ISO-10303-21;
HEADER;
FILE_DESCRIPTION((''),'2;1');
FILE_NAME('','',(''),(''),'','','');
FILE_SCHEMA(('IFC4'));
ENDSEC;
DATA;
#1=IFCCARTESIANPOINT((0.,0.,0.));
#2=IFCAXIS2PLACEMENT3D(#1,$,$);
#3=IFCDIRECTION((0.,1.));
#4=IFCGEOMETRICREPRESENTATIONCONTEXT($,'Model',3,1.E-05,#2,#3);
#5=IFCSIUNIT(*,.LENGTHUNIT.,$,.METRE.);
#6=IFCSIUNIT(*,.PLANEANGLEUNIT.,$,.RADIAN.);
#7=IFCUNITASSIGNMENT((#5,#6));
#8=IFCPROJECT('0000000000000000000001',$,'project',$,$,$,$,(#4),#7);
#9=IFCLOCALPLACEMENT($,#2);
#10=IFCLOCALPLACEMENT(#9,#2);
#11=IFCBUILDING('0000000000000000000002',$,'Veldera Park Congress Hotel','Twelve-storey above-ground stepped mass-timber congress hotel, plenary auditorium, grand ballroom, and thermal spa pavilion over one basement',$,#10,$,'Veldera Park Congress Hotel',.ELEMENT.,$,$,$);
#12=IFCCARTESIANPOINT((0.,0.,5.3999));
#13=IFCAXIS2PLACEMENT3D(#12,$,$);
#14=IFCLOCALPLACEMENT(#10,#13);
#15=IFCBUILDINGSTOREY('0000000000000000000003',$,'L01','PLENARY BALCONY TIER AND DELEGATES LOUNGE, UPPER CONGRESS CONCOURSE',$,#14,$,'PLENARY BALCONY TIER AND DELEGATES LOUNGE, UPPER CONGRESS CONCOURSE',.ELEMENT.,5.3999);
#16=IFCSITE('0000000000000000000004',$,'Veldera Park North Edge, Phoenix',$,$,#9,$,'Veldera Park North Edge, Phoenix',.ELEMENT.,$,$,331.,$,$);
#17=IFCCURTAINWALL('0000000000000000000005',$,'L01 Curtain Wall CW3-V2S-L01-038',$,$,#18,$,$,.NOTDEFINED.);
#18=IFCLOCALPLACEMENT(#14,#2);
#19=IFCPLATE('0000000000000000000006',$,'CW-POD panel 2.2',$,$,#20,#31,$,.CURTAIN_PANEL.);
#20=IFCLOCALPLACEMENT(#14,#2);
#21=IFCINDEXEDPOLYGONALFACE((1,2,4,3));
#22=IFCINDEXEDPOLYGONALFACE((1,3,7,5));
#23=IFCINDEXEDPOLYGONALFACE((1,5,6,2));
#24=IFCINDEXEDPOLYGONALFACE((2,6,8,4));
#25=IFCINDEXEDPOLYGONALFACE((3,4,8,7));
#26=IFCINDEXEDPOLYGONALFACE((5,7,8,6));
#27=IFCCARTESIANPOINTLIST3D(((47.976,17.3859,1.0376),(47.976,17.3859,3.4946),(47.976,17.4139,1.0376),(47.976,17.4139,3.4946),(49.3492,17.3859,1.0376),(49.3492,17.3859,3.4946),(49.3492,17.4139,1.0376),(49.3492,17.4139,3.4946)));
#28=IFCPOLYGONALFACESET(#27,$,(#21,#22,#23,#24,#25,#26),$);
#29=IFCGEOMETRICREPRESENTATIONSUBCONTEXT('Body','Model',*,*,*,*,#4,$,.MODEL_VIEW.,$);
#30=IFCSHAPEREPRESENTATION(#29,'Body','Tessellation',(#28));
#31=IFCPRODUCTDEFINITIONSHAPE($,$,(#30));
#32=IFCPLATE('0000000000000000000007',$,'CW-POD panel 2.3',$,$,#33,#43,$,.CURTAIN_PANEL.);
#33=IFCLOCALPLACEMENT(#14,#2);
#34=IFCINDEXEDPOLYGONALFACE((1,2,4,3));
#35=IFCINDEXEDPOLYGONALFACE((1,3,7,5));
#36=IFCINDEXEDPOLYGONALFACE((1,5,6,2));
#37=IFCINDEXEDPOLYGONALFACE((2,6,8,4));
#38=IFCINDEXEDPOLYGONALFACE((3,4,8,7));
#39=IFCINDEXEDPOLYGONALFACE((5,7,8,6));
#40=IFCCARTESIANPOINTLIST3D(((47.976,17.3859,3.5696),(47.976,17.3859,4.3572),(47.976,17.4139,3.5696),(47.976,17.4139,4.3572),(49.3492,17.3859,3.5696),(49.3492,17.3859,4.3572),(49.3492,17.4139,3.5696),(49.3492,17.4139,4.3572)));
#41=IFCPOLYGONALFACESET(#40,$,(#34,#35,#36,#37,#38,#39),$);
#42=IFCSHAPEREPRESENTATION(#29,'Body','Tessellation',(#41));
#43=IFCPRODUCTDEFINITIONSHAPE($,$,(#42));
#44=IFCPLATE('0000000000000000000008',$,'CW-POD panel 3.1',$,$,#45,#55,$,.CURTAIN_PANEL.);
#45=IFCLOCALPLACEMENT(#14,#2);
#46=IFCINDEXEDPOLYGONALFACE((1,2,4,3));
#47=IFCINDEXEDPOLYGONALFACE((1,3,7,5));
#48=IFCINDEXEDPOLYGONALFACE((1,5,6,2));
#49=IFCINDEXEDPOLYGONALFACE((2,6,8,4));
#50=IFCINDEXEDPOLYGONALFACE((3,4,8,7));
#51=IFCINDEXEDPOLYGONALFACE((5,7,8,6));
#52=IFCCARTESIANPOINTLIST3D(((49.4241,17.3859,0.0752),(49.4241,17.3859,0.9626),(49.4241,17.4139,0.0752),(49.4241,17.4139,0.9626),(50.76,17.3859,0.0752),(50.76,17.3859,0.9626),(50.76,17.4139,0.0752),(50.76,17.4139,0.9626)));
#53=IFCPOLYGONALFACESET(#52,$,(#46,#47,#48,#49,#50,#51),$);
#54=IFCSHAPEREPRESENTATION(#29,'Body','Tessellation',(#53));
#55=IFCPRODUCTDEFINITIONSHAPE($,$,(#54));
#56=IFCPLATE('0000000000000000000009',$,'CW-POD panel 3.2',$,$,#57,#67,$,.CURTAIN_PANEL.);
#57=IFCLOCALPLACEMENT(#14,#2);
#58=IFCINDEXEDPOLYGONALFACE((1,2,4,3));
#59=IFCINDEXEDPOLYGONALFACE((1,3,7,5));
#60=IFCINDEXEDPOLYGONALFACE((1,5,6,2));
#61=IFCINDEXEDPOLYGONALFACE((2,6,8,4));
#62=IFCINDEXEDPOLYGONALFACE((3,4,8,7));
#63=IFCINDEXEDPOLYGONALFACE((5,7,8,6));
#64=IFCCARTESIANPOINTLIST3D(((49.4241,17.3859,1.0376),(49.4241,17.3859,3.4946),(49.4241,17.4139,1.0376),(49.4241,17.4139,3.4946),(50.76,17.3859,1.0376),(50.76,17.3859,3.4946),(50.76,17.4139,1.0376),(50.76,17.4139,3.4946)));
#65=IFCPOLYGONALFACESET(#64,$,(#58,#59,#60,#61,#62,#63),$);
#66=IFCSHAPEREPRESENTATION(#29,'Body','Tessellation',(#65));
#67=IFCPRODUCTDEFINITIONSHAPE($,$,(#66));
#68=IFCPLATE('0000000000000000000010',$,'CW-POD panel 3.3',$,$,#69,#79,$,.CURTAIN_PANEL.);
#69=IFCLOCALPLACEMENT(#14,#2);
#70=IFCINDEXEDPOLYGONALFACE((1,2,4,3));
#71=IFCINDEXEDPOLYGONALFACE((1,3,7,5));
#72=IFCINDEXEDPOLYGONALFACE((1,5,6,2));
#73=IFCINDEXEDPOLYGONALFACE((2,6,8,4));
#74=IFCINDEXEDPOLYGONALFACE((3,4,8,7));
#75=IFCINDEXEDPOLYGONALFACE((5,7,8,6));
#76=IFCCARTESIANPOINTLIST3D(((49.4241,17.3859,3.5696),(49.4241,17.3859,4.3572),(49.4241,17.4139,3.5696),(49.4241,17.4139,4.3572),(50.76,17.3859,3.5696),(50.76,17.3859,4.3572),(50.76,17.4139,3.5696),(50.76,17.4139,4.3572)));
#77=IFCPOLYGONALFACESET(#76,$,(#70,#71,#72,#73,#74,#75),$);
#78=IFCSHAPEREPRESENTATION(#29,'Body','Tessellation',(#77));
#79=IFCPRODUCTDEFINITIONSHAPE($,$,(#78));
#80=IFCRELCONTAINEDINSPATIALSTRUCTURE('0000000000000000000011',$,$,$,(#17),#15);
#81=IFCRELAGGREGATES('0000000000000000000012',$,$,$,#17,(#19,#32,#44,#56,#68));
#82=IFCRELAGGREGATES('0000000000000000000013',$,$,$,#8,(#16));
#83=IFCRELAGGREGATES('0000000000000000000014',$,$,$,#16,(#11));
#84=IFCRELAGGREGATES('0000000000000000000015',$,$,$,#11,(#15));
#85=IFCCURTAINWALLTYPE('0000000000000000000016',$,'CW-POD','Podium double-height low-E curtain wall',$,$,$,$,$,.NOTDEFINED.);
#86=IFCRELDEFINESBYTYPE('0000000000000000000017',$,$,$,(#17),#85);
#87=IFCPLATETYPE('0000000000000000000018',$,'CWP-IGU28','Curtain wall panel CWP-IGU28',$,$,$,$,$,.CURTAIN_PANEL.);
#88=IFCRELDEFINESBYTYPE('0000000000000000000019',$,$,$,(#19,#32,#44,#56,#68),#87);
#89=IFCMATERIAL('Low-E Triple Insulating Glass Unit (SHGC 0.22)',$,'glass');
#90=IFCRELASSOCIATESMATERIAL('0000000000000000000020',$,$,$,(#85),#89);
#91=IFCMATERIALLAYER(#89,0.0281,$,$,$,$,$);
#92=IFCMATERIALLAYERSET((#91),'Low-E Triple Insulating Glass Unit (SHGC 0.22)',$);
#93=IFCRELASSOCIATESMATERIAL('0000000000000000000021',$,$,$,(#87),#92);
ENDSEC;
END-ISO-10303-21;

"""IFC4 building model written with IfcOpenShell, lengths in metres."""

from ifc_helpers import new_model, si_unit, direction, frame, origin, origin_2d, place, context, subcontext, project, spatial, rectangle, extrude, material, layer, layer_set, type_object, element, aggregate, save


model = new_model("IFC4")

# Units and contexts
model_context = context("Model", 3, precision=1e-05, world=origin(), true_north=direction((0.0, 1.0)))
body_context = subcontext(model_context, "Body", "Model", "MODEL_VIEW")
ifc_project = project(units=[si_unit("LENGTHUNIT", "METRE"), si_unit("PLANEANGLEUNIT", "RADIAN")], contexts=[model_context])

# Site, building, storey
site_placement = place(None, origin())
site = spatial("IfcSite", under=ifc_project, at=site_placement, Name="Veldera Park North Edge, Phoenix", LongName="Veldera Park North Edge, Phoenix", CompositionType="ELEMENT", RefElevation=331.0)
building_placement = place(site_placement, origin())
building = spatial("IfcBuilding", under=site, at=building_placement, Name="Veldera Park Congress Hotel", Description="Twelve-storey above-ground stepped mass-timber congress hotel, plenary auditorium, grand ballroom, and thermal spa pavilion over one basement", LongName="Veldera Park Congress Hotel", CompositionType="ELEMENT")
storey_placement = place(building_placement, frame((0.0, 0.0, 5.3999)))
storey = spatial("IfcBuildingStorey", under=building, at=storey_placement, Name="L01", Description="PLENARY BALCONY TIER AND DELEGATES LOUNGE, UPPER CONGRESS CONCOURSE", LongName="PLENARY BALCONY TIER AND DELEGATES LOUNGE, UPPER CONGRESS CONCOURSE", CompositionType="ELEMENT", Elevation=5.3999)

# Curtain wall, plates
ifc_material_1 = material(Name="Low-E Triple Insulating Glass Unit (SHGC 0.22)", Category="glass")
curtain_wall_type = type_object("IfcCurtainWallType", Name="CW-POD", Description="Podium double-height low-E curtain wall", PredefinedType="NOTDEFINED", material=ifc_material_1)
curtain_wall_placement = place(storey_placement, origin())
curtain_wall = element("IfcCurtainWall", 1, at=curtain_wall_placement, inside=storey, type_object=curtain_wall_type, Name="L01 Curtain Wall CW3-V2S-L01-038", PredefinedType="NOTDEFINED")
ifc_layer = layer(ifc_material_1, 0.0281)
ifc_layer_set = layer_set([ifc_layer], Name="Low-E Triple Insulating Glass Unit (SHGC 0.22)")
plate_type = type_object("IfcPlateType", Name="CWP-IGU28", Description="Curtain wall panel CWP-IGU28", PredefinedType="CURTAIN_PANEL", material=ifc_layer_set)
plate_1_placement = place(storey_placement, frame((48.6626, 17.3999, 1.0376), z_axis=(0.0, 0.0, 1.0), x_axis=(1.0, 0.0, 0.0)))
plate_1 = element("IfcPlate", 2, at=plate_1_placement, type_object=plate_type, Name="CW-POD panel 2.2", PredefinedType="CURTAIN_PANEL", context=body_context, shape_type="SweptSolid", body=[
    extrude(rectangle(XDim=1.3733, YDim=0.0281, at=origin_2d()), origin(), (0.0, 0.0, 1.0), 2.457),
])
plate_2_placement = place(storey_placement, frame((48.6626, 17.3999, 3.5696), z_axis=(0.0, 0.0, 1.0), x_axis=(1.0, 0.0, 0.0)))
plate_2 = element("IfcPlate", 3, at=plate_2_placement, type_object=plate_type, Name="CW-POD panel 2.3", PredefinedType="CURTAIN_PANEL", context=body_context, shape_type="SweptSolid", body=[
    extrude(rectangle(XDim=1.3733, YDim=0.0281, at=origin_2d()), origin(), (0.0, 0.0, 1.0), 0.7876),
])
plate_3_placement = place(storey_placement, frame((50.092, 17.3999, 0.0752), z_axis=(0.0, 0.0, 1.0), x_axis=(1.0, 0.0, 0.0)))
plate_3 = element("IfcPlate", 4, at=plate_3_placement, type_object=plate_type, Name="CW-POD panel 3.1", PredefinedType="CURTAIN_PANEL", context=body_context, shape_type="SweptSolid", body=[
    extrude(rectangle(XDim=1.3359, YDim=0.0281, at=origin_2d()), origin(), (0.0, 0.0, 1.0), 0.8875),
])
plate_4_placement = place(storey_placement, frame((50.092, 17.3999, 1.0376), z_axis=(0.0, 0.0, 1.0), x_axis=(1.0, 0.0, 0.0)))
plate_4 = element("IfcPlate", 5, at=plate_4_placement, type_object=plate_type, Name="CW-POD panel 3.2", PredefinedType="CURTAIN_PANEL", context=body_context, shape_type="SweptSolid", body=[
    extrude(rectangle(XDim=1.3359, YDim=0.0281, at=origin_2d()), origin(), (0.0, 0.0, 1.0), 2.457),
])
plate_5_placement = place(storey_placement, frame((50.092, 17.3999, 3.5696), z_axis=(0.0, 0.0, 1.0), x_axis=(1.0, 0.0, 0.0)))
plate_5 = element("IfcPlate", 6, at=plate_5_placement, type_object=plate_type, Name="CW-POD panel 3.3", PredefinedType="CURTAIN_PANEL", context=body_context, shape_type="SweptSolid", body=[
    extrude(rectangle(XDim=1.3359, YDim=0.0281, at=origin_2d()), origin(), (0.0, 0.0, 1.0), 0.7876),
])
aggregate(curtain_wall, [plate_1, plate_2, plate_3, plate_4, plate_5])

save(model, "model.ifc")
